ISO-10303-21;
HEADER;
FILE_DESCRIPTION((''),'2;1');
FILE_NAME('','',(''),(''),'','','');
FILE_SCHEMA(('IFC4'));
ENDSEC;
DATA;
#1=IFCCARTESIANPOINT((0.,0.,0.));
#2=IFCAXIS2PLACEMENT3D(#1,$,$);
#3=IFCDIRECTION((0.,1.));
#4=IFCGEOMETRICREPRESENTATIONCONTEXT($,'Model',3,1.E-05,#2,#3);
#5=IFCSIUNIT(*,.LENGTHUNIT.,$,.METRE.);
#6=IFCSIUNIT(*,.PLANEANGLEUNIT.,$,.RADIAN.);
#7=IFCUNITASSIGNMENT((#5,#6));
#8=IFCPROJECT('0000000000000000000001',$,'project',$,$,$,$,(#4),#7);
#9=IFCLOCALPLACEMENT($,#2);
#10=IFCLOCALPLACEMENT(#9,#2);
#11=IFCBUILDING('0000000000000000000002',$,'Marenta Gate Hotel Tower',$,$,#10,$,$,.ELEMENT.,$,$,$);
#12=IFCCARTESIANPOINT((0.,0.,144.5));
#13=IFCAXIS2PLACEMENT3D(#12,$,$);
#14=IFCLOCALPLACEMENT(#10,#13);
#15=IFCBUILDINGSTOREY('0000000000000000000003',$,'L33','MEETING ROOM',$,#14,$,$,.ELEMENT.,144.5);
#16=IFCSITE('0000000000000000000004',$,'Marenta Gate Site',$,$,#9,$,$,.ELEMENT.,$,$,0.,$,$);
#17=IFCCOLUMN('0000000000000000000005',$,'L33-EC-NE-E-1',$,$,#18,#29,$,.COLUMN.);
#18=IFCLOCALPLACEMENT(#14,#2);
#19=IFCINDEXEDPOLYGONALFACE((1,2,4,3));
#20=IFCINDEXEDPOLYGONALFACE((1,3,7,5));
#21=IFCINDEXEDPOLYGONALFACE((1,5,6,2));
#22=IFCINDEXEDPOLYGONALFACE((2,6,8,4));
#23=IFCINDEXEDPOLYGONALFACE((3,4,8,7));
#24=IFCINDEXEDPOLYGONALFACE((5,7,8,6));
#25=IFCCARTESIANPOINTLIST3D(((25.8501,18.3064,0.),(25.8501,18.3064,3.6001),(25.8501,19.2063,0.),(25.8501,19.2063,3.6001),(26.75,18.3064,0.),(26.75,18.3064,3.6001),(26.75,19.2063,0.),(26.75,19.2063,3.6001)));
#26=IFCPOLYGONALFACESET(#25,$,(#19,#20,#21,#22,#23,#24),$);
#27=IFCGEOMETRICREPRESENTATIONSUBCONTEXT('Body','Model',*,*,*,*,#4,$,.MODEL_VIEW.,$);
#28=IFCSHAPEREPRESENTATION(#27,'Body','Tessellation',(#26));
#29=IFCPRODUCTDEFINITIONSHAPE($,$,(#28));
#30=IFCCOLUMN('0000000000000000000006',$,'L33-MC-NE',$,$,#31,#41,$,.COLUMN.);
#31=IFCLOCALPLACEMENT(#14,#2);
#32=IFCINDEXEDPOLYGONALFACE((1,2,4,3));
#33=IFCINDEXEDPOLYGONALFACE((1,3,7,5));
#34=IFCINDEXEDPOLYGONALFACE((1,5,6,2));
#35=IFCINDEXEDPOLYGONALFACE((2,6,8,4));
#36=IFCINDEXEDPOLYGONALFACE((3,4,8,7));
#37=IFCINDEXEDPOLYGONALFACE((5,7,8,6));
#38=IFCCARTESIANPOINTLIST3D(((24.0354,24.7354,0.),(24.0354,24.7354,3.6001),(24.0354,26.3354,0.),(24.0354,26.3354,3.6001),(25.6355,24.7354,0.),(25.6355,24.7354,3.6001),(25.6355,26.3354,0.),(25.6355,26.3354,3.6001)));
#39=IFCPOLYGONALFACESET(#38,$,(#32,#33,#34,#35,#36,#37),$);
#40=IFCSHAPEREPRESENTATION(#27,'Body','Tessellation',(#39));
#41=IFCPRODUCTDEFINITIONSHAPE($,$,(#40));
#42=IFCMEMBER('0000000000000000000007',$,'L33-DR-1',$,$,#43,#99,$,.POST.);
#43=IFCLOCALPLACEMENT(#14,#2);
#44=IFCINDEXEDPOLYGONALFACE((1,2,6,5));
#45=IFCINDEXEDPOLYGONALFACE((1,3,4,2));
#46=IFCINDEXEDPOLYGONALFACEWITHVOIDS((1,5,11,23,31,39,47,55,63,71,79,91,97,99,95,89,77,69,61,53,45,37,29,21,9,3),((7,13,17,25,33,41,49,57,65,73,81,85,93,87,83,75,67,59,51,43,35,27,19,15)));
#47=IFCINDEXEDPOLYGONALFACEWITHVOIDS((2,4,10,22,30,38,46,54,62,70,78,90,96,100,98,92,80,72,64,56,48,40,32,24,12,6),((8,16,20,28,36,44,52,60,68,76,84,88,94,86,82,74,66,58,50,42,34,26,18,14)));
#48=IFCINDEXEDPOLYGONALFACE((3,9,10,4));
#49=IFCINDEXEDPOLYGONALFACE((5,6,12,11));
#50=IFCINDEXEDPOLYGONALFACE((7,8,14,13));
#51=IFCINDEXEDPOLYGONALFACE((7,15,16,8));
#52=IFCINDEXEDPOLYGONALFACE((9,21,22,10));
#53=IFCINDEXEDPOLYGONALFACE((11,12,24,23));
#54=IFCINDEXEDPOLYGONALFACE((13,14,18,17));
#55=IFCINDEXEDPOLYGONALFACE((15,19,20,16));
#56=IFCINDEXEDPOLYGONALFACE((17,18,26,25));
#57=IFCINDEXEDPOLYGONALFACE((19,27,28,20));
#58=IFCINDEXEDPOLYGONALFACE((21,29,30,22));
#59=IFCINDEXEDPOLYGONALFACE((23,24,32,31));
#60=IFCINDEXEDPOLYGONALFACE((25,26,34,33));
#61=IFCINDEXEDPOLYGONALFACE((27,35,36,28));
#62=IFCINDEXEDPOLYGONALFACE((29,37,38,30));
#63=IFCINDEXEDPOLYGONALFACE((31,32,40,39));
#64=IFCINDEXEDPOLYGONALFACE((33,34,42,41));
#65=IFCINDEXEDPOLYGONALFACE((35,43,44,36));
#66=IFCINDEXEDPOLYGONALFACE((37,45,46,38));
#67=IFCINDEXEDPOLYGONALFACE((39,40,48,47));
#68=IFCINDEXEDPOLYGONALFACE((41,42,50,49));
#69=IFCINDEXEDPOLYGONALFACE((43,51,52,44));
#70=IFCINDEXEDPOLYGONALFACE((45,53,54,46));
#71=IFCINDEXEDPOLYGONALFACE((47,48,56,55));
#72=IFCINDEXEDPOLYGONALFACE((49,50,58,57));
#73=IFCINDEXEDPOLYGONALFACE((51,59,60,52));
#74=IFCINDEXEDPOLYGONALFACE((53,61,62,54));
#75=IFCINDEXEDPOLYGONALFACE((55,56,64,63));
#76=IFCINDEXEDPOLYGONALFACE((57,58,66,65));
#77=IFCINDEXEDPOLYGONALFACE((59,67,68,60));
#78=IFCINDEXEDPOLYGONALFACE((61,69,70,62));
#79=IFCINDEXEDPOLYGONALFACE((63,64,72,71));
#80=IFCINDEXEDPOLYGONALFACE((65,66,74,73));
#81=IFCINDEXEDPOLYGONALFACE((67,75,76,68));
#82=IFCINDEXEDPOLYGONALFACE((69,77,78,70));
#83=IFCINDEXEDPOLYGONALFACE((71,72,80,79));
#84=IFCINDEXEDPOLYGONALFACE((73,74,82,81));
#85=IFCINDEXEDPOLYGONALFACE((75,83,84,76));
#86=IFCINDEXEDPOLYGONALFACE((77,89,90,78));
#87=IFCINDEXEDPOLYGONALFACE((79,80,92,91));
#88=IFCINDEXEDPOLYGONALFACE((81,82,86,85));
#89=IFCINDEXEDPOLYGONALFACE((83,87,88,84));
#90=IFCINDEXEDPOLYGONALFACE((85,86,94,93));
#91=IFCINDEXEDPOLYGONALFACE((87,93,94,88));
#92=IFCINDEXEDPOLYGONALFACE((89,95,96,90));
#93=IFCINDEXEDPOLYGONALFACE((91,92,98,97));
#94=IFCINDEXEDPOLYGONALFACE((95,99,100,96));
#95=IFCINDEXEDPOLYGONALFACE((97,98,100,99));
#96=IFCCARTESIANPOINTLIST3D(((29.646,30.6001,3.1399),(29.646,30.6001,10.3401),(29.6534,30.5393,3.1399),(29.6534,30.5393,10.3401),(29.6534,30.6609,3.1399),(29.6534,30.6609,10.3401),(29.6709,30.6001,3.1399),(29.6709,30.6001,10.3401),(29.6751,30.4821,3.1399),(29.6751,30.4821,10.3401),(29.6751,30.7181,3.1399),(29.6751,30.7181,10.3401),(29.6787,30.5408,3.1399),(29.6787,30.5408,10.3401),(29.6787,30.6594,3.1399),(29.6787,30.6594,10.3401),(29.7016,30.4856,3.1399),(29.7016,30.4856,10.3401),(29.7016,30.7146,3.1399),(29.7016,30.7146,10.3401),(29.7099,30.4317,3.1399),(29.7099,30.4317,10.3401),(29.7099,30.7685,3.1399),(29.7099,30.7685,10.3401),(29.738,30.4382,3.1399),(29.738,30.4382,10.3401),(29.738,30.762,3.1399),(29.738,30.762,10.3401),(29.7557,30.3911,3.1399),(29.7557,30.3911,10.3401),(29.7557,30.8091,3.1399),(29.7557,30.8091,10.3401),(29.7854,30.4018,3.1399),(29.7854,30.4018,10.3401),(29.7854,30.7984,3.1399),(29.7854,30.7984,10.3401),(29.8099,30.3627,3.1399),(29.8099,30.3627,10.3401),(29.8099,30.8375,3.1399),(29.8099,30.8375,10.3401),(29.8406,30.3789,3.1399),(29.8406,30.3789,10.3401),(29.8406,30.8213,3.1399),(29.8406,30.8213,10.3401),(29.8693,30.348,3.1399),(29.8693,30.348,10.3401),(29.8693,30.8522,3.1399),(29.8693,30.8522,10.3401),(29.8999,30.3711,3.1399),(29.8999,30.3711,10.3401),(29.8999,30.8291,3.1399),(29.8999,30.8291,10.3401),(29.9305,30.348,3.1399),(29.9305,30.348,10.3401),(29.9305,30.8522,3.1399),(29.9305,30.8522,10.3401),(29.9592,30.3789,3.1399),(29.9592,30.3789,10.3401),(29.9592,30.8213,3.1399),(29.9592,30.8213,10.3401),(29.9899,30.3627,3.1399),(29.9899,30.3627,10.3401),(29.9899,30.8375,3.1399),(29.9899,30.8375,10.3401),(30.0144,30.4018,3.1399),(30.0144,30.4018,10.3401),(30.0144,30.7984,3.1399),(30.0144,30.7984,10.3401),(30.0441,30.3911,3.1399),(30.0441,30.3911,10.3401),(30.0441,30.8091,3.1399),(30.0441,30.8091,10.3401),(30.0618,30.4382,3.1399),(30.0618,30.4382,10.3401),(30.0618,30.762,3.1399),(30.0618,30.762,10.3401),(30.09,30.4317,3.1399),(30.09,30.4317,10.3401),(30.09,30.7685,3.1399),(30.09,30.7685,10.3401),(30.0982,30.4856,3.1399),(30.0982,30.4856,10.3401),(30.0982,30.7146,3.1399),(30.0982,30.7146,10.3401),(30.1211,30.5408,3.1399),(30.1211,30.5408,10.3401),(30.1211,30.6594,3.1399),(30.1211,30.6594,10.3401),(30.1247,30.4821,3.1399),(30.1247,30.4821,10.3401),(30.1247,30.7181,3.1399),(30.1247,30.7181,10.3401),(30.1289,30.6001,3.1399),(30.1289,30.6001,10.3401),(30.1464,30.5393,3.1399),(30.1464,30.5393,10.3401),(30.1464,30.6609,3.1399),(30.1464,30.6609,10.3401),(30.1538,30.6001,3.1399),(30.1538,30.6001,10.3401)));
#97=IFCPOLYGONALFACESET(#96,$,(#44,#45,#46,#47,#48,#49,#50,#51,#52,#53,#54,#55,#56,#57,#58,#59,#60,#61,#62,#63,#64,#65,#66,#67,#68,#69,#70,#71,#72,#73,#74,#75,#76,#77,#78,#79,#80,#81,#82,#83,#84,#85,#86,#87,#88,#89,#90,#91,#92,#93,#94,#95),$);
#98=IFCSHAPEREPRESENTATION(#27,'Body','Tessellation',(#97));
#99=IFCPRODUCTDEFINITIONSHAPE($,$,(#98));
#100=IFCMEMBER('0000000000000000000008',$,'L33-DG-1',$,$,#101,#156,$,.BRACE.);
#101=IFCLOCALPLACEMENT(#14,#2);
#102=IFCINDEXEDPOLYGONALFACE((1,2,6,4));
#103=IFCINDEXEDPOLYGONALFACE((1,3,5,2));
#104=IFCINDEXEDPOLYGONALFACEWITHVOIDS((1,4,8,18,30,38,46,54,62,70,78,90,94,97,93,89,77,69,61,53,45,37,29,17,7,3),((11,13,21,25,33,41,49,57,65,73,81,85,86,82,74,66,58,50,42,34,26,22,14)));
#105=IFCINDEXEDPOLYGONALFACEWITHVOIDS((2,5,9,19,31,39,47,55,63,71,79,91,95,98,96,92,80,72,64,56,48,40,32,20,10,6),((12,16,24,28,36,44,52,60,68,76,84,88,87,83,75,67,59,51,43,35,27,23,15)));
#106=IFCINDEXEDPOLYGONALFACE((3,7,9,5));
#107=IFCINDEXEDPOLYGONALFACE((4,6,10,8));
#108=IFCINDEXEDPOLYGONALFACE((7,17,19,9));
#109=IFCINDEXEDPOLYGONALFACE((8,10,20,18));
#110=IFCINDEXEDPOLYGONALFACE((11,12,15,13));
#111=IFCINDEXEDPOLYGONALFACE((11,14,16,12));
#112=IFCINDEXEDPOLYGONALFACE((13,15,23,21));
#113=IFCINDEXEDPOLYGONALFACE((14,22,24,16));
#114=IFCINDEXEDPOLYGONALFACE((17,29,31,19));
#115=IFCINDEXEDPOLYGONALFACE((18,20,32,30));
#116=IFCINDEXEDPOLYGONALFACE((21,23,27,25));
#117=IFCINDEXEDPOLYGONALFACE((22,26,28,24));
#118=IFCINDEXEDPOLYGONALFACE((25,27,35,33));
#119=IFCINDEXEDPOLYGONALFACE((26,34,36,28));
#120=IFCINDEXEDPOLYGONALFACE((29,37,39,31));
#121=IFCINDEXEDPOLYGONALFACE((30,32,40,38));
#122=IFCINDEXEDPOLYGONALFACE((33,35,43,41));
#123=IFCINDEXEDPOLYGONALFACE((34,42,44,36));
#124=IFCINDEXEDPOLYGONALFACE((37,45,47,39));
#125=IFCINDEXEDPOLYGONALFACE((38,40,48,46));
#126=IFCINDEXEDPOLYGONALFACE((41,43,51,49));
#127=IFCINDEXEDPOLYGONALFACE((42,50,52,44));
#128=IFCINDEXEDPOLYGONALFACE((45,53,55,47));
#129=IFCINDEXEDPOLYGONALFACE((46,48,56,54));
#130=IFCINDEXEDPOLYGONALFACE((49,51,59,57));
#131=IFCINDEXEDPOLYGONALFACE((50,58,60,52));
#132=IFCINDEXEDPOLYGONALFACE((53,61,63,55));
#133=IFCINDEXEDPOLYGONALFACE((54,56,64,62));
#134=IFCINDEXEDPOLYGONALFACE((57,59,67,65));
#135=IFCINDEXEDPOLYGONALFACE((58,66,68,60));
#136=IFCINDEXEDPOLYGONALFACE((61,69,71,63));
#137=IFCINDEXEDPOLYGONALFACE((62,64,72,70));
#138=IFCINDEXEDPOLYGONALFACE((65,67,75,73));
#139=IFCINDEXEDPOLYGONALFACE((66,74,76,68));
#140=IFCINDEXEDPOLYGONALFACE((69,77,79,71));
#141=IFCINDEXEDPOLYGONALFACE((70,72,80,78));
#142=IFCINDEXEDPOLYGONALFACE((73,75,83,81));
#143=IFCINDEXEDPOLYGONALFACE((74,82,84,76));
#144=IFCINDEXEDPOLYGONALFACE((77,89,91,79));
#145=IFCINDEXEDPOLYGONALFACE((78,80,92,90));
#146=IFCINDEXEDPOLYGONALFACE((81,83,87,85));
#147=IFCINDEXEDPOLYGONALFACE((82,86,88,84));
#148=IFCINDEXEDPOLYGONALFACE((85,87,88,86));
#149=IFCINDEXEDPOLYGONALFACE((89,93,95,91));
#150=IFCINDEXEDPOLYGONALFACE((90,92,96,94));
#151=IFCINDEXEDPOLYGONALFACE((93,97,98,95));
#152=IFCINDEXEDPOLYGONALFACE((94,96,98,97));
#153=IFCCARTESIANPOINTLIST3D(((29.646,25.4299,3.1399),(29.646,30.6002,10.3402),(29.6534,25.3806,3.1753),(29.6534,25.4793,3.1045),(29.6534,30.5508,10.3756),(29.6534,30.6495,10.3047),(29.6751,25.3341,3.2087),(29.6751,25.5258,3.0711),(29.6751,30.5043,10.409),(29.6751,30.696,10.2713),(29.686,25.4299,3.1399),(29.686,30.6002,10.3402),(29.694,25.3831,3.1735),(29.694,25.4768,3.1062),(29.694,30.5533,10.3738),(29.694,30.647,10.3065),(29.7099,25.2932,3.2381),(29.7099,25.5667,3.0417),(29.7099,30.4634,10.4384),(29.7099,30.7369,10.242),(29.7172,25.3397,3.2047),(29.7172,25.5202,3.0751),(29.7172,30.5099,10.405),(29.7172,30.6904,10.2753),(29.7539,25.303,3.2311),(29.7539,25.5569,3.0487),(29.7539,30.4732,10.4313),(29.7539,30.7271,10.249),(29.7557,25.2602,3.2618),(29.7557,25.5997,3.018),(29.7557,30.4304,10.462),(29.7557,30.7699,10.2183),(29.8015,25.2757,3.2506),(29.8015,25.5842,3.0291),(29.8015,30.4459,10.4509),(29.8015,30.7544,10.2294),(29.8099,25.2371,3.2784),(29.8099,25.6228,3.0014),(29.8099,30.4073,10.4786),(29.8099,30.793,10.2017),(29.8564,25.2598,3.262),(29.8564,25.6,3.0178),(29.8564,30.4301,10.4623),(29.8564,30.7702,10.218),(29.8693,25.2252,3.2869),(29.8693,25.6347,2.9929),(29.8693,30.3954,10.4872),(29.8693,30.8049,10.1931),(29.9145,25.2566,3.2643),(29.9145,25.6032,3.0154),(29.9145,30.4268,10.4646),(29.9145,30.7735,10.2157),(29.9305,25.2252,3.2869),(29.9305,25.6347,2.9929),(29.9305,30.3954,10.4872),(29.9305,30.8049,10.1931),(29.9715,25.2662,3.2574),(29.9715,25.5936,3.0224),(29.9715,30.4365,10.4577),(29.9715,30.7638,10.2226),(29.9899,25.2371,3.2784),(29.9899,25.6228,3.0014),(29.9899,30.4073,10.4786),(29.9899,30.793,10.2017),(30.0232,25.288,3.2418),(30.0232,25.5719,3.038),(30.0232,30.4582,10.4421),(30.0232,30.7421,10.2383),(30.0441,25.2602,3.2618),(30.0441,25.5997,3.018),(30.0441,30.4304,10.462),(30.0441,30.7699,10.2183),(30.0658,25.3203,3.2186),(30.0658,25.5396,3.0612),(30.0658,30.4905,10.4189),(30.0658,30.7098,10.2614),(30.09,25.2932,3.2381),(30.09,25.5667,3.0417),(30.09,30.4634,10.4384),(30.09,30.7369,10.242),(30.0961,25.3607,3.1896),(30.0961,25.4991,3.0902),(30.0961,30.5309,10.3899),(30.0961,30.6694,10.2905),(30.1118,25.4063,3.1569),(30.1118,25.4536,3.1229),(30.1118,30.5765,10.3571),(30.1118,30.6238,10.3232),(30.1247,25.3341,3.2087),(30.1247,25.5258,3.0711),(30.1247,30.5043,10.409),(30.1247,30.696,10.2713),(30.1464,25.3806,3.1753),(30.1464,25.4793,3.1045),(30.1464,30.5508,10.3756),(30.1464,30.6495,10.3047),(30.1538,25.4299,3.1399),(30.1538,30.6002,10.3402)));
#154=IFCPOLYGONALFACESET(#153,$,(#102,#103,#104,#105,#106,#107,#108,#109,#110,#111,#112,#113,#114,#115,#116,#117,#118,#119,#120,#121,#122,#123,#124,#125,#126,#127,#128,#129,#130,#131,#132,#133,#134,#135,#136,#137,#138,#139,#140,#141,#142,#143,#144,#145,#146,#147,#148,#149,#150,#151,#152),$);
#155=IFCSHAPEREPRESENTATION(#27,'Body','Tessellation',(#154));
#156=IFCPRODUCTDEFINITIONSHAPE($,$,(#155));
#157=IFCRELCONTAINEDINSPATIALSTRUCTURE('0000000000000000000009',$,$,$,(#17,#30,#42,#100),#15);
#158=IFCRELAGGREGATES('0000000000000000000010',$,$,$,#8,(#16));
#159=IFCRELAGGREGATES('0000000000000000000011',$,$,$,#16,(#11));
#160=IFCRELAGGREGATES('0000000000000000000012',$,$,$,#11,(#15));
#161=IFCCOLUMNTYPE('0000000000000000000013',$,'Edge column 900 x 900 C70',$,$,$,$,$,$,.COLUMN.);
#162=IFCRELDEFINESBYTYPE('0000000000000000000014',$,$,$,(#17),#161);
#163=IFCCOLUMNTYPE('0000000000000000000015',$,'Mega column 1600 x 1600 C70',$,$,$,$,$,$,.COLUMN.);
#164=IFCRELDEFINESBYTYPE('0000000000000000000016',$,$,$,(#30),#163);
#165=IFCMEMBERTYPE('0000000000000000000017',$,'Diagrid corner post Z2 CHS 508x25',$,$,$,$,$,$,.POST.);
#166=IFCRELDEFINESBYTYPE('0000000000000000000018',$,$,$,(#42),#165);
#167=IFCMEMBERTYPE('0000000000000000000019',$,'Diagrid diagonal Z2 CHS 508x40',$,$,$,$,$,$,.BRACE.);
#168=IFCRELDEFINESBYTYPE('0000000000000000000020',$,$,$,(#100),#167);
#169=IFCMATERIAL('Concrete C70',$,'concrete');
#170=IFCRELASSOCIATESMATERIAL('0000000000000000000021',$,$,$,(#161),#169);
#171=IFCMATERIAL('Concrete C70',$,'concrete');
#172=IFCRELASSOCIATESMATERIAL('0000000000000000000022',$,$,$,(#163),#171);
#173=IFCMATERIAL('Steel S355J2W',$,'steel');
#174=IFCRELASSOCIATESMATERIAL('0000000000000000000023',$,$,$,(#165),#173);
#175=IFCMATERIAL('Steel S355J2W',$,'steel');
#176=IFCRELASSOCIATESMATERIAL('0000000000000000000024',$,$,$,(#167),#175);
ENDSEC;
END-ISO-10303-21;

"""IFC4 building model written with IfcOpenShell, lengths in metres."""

from ifc_helpers import new_model, si_unit, direction, frame, origin, origin_2d, place, context, subcontext, project, spatial, rectangle, hollow_circle, extrude, material, material_profile, profile_set, type_object, element, save


model = new_model("IFC4")

# Units and contexts
model_context = context("Model", 3, precision=1e-05, world=origin(), true_north=direction((0.0, 1.0)))
body_context = subcontext(model_context, "Body", "Model", "MODEL_VIEW")
ifc_project = project(units=[si_unit("LENGTHUNIT", "METRE"), si_unit("PLANEANGLEUNIT", "RADIAN")], contexts=[model_context])

# Site, building, storey
site_placement = place(None, origin())
site = spatial("IfcSite", under=ifc_project, at=site_placement, Name="Marenta Gate Site", CompositionType="ELEMENT", RefElevation=0.0)
building_placement = place(site_placement, origin())
building = spatial("IfcBuilding", under=site, at=building_placement, Name="Marenta Gate Hotel Tower", CompositionType="ELEMENT")
storey_placement = place(building_placement, frame((0.0, 0.0, 144.5)))
storey = spatial("IfcBuildingStorey", under=building, at=storey_placement, Name="L33", Description="MEETING ROOM", CompositionType="ELEMENT", Elevation=144.5)

# Columns
ifc_material_1 = material(Name="Concrete C70", Category="concrete")
ifc_material_profile_1 = material_profile(ifc_material_1, rectangle(XDim=0.8999, YDim=0.8999, at=origin_2d()), Name="900 x 900")
ifc_profile_set_1 = profile_set([ifc_material_profile_1], Name="Concrete C70")
column_type_1 = type_object("IfcColumnType", Name="Edge column 900 x 900 C70", PredefinedType="COLUMN", material=ifc_profile_set_1)
column_1_placement = place(storey_placement, frame((26.3, 18.7563, 0.0), z_axis=(0.0, 0.0, 1.0), x_axis=(1.0, 0.0, 0.0)))
element("IfcColumn", 1, at=column_1_placement, inside=storey, type_object=column_type_1, Name="L33-EC-NE-E-1", PredefinedType="COLUMN", context=body_context, shape_type="SweptSolid", body=[
    extrude(rectangle(XDim=0.8999, YDim=0.8999, at=origin_2d()), origin(), (0.0, 0.0, 1.0), 3.6001),
])
ifc_material_2 = material(Name="Concrete C70", Category="concrete")
ifc_material_profile_2 = material_profile(ifc_material_2, rectangle(XDim=1.6001, YDim=1.6001, at=origin_2d()), Name="1600 x 1600")
ifc_profile_set_2 = profile_set([ifc_material_profile_2], Name="Concrete C70")
column_type_2 = type_object("IfcColumnType", Name="Mega column 1600 x 1600 C70", PredefinedType="COLUMN", material=ifc_profile_set_2)
column_2_placement = place(storey_placement, frame((24.8354, 25.5354, 0.0), z_axis=(0.0, 0.0, 1.0), x_axis=(1.0, 0.0, 0.0)))
element("IfcColumn", 2, at=column_2_placement, inside=storey, type_object=column_type_2, Name="L33-MC-NE", PredefinedType="COLUMN", context=body_context, shape_type="SweptSolid", body=[
    extrude(rectangle(XDim=1.6001, YDim=1.6001, at=origin_2d()), origin(), (0.0, 0.0, 1.0), 3.6001),
])

# Members
ifc_material_3 = material(Name="Steel S355J2W", Category="steel")
ifc_material_profile_3 = material_profile(ifc_material_3, hollow_circle(Radius=0.2539, WallThickness=0.0249, at=origin_2d()), Name="CHS 508x25")
ifc_profile_set_3 = profile_set([ifc_material_profile_3], Name="Steel S355J2W")
member_type_1 = type_object("IfcMemberType", Name="Diagrid corner post Z2 CHS 508x25", PredefinedType="POST", material=ifc_profile_set_3)
member_1_placement = place(storey_placement, frame((29.8999, 30.6001, 3.1399), z_axis=(0.0, 0.0, 1.0), x_axis=(1.0, 0.0, 0.0)))
element("IfcMember", 3, at=member_1_placement, inside=storey, type_object=member_type_1, Name="L33-DR-1", PredefinedType="POST", context=body_context, shape_type="SweptSolid", body=[
    extrude(hollow_circle(Radius=0.2539, WallThickness=0.0249, at=origin_2d()), origin(), (0.0, 0.0, 1.0), 7.2002),
])
ifc_material_4 = material(Name="Steel S355J2W", Category="steel")
ifc_material_profile_4 = material_profile(ifc_material_4, hollow_circle(Radius=0.2539, WallThickness=0.04, at=origin_2d()), Name="CHS 508x40")
ifc_profile_set_4 = profile_set([ifc_material_profile_4], Name="Steel S355J2W")
member_type_2 = type_object("IfcMemberType", Name="Diagrid diagonal Z2 CHS 508x40", PredefinedType="BRACE", material=ifc_profile_set_4)
member_2_placement = place(storey_placement, frame((29.8999, 25.4299, 3.1399), z_axis=(0.0, 0.583266, 0.812281), x_axis=(-1.0, 0.0, 0.0)))
element("IfcMember", 4, at=member_2_placement, inside=storey, type_object=member_type_2, Name="L33-DG-1", PredefinedType="BRACE", context=body_context, shape_type="SweptSolid", body=[
    extrude(hollow_circle(Radius=0.2539, WallThickness=0.04, at=origin_2d()), origin(), (0.0, 0.0, 1.0), 8.8643),
])

save(model, "model.ifc")
